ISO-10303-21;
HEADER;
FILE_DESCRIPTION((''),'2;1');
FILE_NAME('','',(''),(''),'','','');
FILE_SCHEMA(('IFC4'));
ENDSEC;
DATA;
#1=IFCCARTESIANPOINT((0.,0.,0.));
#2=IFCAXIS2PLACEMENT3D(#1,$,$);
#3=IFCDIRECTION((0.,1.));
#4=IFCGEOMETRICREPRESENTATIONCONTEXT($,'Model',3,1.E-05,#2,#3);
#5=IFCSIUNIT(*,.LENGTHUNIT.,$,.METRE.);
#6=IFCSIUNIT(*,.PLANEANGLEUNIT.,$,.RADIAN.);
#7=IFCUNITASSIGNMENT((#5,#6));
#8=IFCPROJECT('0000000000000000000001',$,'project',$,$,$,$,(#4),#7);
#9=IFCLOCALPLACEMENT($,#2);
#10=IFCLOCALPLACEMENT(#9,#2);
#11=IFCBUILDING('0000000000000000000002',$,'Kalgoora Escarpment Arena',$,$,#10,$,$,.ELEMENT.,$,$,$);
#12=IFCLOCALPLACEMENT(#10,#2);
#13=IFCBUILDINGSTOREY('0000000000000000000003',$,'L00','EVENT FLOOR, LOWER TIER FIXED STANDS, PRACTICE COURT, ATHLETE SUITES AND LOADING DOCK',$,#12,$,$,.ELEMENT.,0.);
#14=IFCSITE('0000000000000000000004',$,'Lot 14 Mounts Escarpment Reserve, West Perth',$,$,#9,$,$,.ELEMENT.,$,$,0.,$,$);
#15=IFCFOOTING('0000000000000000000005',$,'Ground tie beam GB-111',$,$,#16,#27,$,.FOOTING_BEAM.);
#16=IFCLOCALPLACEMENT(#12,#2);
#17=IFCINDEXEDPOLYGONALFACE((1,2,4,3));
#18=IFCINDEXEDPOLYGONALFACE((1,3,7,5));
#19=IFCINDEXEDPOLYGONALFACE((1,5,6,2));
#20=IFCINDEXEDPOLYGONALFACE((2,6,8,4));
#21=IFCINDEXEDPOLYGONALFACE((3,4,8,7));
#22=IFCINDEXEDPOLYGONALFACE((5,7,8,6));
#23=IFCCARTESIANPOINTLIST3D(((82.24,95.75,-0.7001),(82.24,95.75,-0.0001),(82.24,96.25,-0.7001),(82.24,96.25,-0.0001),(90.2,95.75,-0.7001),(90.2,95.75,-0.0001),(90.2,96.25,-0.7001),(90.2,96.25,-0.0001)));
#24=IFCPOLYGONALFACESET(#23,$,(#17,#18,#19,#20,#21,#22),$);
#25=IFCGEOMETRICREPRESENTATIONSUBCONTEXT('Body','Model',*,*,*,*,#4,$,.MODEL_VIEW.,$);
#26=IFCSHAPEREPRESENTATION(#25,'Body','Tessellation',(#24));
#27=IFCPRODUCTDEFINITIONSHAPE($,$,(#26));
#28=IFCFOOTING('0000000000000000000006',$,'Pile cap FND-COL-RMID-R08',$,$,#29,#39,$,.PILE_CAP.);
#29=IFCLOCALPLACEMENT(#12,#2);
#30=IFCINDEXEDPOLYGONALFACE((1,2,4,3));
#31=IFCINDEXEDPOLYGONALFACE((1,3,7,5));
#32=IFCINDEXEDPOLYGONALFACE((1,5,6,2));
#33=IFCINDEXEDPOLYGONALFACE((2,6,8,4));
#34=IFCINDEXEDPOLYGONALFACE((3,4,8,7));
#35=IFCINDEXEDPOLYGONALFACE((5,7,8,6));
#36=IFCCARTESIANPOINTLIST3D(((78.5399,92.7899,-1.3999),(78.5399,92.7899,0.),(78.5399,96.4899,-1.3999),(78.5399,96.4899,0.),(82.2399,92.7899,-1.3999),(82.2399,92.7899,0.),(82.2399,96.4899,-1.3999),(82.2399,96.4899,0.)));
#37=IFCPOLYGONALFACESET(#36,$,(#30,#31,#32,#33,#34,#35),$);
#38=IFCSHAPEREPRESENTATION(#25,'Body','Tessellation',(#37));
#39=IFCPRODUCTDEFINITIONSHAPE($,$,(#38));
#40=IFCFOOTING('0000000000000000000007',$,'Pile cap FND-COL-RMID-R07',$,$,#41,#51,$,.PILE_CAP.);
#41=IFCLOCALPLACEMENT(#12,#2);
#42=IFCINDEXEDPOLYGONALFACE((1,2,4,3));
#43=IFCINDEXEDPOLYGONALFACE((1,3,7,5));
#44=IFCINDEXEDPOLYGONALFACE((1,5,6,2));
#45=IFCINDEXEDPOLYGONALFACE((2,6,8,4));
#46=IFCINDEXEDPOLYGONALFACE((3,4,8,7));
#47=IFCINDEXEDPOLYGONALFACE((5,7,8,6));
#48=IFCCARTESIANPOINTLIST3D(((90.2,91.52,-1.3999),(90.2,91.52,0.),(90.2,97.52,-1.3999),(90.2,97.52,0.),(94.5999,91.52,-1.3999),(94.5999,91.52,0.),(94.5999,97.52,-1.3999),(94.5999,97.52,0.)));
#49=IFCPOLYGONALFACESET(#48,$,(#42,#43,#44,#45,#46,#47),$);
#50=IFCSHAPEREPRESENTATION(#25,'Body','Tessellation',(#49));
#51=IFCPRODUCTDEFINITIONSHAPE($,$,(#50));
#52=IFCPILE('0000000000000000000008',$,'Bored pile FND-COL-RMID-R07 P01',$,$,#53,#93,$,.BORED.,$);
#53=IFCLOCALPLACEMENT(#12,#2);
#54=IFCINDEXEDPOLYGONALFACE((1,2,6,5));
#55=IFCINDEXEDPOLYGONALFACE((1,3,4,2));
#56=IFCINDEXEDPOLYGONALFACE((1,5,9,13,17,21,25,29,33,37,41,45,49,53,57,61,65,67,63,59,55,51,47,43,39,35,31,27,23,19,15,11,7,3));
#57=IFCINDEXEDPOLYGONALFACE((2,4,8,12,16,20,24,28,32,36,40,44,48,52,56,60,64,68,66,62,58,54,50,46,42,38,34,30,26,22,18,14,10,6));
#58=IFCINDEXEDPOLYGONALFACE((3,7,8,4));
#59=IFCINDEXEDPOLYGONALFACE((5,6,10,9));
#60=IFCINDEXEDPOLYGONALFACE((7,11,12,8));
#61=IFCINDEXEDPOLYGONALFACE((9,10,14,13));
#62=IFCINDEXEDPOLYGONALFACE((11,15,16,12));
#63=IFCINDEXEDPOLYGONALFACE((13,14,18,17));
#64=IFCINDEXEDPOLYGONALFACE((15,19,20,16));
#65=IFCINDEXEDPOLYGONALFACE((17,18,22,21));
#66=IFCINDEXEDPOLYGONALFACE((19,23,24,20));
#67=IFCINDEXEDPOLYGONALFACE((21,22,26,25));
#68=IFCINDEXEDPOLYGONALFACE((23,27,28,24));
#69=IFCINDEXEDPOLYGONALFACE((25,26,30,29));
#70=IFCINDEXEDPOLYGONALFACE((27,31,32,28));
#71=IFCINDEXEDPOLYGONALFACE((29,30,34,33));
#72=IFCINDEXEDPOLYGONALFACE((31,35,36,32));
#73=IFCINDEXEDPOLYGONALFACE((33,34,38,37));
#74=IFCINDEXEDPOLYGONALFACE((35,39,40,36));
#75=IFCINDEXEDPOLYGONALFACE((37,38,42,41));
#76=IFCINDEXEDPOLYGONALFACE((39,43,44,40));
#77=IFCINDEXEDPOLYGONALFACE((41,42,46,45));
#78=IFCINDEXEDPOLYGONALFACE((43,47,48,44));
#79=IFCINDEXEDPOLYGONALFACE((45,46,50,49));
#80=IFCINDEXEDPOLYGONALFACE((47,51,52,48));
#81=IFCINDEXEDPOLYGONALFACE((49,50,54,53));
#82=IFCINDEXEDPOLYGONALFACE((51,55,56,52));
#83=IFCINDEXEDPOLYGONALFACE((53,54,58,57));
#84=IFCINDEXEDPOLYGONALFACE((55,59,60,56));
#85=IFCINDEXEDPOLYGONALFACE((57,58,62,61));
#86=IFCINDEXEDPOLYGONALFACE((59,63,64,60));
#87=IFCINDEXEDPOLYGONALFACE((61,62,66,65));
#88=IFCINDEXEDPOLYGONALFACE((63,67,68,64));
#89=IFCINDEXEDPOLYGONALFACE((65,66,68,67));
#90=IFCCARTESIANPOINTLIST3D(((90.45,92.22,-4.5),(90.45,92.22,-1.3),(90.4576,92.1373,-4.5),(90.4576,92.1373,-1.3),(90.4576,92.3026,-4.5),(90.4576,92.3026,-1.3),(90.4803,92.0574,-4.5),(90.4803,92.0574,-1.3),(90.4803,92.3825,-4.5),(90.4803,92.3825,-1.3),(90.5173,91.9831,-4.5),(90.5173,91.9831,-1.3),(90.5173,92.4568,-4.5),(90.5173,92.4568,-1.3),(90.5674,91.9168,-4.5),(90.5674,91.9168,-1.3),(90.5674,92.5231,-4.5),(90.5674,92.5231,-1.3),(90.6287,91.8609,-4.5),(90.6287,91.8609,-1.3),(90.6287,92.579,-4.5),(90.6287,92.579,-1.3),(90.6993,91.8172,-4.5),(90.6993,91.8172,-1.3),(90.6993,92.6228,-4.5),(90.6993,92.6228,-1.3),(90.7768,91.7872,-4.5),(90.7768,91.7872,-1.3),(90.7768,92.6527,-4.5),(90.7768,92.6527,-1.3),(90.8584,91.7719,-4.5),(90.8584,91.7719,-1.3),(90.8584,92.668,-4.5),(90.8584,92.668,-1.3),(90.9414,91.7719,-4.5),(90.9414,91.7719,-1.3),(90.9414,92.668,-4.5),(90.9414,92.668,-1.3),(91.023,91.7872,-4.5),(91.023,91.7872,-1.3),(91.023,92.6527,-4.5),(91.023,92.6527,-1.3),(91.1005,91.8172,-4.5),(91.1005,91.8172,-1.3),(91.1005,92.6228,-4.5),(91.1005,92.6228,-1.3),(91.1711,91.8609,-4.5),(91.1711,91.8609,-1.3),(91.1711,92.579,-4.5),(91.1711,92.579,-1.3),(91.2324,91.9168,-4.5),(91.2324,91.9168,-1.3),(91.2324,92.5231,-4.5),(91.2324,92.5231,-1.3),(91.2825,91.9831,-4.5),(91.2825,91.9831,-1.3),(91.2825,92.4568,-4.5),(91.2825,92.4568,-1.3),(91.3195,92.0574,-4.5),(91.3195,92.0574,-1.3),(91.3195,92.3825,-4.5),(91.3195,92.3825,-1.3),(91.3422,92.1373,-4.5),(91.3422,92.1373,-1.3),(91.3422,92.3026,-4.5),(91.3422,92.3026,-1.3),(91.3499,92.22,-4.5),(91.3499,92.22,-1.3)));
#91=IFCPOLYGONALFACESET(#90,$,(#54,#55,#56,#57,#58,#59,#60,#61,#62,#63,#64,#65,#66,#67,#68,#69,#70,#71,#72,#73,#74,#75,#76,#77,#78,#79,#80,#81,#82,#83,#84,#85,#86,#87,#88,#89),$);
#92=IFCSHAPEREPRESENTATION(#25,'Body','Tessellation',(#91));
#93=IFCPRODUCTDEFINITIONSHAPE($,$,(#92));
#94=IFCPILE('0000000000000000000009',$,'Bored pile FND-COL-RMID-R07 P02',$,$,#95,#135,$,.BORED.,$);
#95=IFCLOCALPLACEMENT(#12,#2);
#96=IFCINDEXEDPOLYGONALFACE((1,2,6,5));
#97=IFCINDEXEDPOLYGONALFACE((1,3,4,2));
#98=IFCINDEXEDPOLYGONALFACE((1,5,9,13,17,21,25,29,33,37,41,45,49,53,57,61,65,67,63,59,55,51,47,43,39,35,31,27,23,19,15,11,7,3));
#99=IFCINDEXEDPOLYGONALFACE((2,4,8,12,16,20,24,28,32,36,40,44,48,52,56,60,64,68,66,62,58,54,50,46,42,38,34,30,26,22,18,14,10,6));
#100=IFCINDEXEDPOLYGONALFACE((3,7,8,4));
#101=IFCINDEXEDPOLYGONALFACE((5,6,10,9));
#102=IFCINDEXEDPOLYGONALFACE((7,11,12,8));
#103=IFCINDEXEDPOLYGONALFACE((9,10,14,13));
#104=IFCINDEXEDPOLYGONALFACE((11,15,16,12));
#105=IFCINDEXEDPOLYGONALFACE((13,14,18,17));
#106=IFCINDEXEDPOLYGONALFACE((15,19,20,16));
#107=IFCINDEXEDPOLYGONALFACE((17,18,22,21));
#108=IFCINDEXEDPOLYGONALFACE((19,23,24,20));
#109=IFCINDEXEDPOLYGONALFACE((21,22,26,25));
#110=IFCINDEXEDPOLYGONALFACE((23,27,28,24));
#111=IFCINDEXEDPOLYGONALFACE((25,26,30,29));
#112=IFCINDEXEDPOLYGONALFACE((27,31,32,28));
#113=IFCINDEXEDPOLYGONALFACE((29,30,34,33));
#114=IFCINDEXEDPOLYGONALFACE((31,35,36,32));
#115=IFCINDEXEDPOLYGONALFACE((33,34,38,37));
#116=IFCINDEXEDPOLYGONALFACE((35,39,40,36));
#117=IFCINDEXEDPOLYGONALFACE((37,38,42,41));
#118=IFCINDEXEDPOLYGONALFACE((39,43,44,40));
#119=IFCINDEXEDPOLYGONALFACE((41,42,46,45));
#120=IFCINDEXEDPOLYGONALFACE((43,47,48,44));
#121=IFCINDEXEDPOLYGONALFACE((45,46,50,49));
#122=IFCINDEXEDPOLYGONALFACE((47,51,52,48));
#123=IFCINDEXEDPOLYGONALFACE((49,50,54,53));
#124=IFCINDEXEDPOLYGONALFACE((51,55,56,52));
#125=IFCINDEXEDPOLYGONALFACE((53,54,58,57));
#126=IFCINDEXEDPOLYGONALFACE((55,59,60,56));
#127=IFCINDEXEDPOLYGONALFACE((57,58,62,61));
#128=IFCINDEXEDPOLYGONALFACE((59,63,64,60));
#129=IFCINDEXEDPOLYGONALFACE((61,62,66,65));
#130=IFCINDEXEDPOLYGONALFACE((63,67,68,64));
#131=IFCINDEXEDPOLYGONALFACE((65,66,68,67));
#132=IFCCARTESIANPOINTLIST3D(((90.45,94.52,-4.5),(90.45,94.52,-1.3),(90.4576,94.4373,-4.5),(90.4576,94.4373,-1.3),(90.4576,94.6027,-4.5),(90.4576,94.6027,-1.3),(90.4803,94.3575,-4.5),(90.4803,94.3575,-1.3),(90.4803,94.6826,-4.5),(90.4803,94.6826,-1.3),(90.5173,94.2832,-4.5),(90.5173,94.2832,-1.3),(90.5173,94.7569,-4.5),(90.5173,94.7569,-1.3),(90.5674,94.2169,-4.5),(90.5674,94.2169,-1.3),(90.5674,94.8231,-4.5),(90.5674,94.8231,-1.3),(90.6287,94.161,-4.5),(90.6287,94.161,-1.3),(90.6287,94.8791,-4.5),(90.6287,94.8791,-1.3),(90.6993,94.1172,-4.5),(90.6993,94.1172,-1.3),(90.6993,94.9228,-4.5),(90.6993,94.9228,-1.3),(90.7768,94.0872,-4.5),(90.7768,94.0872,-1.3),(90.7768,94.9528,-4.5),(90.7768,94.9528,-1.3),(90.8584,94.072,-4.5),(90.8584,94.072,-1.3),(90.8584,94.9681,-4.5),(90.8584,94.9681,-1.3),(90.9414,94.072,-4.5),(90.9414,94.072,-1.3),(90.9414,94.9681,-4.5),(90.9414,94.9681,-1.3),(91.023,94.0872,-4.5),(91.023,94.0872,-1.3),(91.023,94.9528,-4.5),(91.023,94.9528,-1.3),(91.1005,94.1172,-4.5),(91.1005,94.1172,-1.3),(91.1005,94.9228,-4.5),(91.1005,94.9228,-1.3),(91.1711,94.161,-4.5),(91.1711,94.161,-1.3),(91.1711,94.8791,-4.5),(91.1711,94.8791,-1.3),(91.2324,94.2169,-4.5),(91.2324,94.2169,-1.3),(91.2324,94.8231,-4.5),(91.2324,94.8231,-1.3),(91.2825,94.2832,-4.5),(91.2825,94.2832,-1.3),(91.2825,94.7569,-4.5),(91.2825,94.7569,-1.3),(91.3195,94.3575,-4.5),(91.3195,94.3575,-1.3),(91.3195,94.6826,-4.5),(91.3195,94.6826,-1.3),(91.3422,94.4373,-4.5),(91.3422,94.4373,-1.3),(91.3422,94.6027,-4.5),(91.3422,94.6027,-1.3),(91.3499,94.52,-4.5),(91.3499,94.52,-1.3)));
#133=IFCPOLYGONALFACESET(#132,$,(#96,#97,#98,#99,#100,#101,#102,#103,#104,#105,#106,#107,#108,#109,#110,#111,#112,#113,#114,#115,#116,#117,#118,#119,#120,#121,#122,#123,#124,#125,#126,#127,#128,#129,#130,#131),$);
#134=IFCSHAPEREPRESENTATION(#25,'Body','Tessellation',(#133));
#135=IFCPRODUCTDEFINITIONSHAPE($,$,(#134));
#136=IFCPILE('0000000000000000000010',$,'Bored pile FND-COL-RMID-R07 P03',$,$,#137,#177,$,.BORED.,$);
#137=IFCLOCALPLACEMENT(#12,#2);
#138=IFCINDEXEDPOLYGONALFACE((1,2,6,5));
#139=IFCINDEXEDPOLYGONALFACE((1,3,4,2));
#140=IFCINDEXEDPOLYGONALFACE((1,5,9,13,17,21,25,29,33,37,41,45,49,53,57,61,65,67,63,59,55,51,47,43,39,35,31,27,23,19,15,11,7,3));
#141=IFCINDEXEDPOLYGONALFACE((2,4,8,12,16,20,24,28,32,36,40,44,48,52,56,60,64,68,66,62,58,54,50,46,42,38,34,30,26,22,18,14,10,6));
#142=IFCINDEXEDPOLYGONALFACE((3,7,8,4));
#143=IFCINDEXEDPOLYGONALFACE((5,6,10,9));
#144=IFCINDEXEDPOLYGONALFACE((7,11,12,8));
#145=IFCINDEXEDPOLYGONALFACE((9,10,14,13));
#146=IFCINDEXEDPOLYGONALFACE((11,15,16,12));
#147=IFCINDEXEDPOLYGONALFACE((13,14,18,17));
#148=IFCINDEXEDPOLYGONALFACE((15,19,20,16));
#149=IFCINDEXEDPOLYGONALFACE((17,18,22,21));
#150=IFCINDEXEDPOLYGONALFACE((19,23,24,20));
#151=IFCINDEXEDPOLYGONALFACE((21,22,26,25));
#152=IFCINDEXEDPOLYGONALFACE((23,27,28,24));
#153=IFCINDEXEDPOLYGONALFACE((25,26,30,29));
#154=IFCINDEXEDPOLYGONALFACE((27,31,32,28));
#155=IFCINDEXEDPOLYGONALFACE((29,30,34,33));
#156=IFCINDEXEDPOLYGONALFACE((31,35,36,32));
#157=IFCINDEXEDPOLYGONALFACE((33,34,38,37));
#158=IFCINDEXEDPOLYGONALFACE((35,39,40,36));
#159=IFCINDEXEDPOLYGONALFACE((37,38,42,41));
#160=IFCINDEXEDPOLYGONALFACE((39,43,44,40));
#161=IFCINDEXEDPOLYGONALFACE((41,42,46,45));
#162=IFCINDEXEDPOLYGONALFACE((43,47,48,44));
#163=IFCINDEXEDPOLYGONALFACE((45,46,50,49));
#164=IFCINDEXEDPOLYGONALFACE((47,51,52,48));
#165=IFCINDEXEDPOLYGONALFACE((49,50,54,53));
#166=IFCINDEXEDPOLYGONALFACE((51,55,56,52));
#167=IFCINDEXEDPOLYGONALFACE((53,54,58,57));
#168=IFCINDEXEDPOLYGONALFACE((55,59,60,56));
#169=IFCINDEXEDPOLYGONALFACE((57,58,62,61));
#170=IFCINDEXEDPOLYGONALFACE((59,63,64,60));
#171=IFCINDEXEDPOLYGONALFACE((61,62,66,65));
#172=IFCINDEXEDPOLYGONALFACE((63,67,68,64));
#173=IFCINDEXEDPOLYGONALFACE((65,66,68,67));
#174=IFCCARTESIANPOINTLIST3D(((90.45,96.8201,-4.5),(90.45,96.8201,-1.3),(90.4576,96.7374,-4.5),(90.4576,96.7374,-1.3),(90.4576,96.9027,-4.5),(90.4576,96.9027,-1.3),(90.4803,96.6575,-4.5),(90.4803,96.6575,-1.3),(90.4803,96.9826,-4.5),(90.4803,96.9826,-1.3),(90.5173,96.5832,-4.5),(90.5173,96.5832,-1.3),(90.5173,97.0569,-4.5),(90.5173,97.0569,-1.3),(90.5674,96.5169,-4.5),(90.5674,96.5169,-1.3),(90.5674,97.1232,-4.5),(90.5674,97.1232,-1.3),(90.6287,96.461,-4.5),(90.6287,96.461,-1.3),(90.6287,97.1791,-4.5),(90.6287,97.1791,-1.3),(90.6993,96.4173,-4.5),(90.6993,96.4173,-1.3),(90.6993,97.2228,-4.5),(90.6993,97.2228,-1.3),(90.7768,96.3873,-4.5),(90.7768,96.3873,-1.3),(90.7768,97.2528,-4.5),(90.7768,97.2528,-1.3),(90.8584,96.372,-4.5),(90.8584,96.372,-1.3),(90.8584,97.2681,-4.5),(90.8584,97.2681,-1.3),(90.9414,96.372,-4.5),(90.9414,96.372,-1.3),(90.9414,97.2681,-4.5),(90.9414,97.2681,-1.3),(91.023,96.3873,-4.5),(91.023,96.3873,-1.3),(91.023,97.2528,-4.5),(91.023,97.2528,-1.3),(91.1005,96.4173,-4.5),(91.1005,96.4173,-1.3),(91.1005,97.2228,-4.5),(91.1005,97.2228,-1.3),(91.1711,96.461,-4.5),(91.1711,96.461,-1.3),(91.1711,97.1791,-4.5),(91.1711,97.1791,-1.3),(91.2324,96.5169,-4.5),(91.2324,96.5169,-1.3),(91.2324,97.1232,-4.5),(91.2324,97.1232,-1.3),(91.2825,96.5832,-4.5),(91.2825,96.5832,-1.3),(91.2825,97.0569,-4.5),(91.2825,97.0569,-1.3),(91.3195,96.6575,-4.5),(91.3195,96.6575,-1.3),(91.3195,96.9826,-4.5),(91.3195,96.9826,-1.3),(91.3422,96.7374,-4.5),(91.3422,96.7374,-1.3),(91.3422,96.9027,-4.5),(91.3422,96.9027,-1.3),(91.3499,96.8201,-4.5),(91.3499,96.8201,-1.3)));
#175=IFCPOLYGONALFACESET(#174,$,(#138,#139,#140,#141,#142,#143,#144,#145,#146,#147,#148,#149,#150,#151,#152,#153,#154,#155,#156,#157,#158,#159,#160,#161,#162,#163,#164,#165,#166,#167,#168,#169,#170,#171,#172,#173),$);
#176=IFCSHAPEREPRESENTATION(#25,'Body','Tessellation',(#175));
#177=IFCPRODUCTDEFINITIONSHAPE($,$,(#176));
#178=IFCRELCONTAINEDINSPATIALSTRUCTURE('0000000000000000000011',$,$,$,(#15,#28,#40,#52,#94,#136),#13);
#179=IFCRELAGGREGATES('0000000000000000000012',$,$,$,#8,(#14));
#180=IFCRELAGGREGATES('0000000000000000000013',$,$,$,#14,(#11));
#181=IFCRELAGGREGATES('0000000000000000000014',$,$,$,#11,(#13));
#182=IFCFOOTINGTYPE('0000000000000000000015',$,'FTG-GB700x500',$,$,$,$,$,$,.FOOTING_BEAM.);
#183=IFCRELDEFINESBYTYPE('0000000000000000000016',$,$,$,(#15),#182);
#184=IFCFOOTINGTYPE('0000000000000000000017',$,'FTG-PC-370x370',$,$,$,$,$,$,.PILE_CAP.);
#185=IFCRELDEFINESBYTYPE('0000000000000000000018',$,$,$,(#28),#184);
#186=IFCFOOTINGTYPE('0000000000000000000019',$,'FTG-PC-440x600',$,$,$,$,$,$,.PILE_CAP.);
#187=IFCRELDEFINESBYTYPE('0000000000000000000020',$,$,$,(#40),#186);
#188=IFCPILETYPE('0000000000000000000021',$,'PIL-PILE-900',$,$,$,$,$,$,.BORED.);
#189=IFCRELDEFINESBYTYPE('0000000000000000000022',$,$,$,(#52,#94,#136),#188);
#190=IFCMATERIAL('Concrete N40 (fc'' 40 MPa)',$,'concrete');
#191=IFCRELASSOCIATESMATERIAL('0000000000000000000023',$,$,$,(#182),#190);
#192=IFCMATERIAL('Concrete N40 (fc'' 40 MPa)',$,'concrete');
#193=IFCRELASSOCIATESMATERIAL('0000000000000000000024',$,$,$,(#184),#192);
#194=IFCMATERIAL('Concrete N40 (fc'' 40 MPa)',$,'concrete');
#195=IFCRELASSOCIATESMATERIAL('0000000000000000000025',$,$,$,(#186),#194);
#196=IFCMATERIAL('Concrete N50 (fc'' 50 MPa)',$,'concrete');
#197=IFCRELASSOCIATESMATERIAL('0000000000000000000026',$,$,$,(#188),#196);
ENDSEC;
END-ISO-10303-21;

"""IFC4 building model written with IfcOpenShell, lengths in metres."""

from ifc_helpers import new_model, si_unit, direction, frame, origin, origin_2d, place, context, subcontext, project, spatial, rectangle, circle, extrude, material, material_profile, profile_set, type_object, element, save


model = new_model("IFC4")

# Units and contexts
model_context = context("Model", 3, precision=1e-05, world=origin(), true_north=direction((0.0, 1.0)))
body_context = subcontext(model_context, "Body", "Model", "MODEL_VIEW")
ifc_project = project(units=[si_unit("LENGTHUNIT", "METRE"), si_unit("PLANEANGLEUNIT", "RADIAN")], contexts=[model_context])

# Site, building, storey
site_placement = place(None, origin())
site = spatial("IfcSite", under=ifc_project, at=site_placement, Name="Lot 14 Mounts Escarpment Reserve, West Perth", CompositionType="ELEMENT", RefElevation=0.0)
building_placement = place(site_placement, origin())
building = spatial("IfcBuilding", under=site, at=building_placement, Name="Kalgoora Escarpment Arena", CompositionType="ELEMENT")
storey_placement = place(building_placement, origin())
storey = spatial("IfcBuildingStorey", under=building, at=storey_placement, Name="L00", Description="EVENT FLOOR, LOWER TIER FIXED STANDS, PRACTICE COURT, ATHLETE SUITES AND LOADING DOCK", CompositionType="ELEMENT", Elevation=0.0)

# Footings
ifc_material_1 = material(Name="Concrete N40 (fc' 40 MPa)", Category="concrete")
ifc_material_profile_1 = material_profile(ifc_material_1, rectangle(XDim=0.5, YDim=0.7, at=origin_2d()))
ifc_profile_set_1 = profile_set([ifc_material_profile_1], Name="Concrete N40 (fc' 40 MPa)")
footing_type_1 = type_object("IfcFootingType", Name="FTG-GB700x500", PredefinedType="FOOTING_BEAM", material=ifc_profile_set_1)
footing_1_placement = place(storey_placement, frame((82.24, 96.0, -0.3501), z_axis=(1.0, 0.0, 0.0), x_axis=(0.0, 1.0, 0.0)))
element("IfcFooting", 1, at=footing_1_placement, inside=storey, type_object=footing_type_1, Name="Ground tie beam GB-111", PredefinedType="FOOTING_BEAM", context=body_context, shape_type="SweptSolid", body=[
    extrude(rectangle(XDim=0.5, YDim=0.7, at=origin_2d()), origin(), (0.0, 0.0, 1.0), 7.96),
])
ifc_material_2 = material(Name="Concrete N40 (fc' 40 MPa)", Category="concrete")
footing_type_2 = type_object("IfcFootingType", Name="FTG-PC-370x370", PredefinedType="PILE_CAP", material=ifc_material_2)
footing_2_placement = place(storey_placement, frame((80.3899, 94.6399, -1.3999), z_axis=(0.0, 0.0, 1.0), x_axis=(1.0, 0.0, 0.0)))
element("IfcFooting", 2, at=footing_2_placement, inside=storey, type_object=footing_type_2, Name="Pile cap FND-COL-RMID-R08", PredefinedType="PILE_CAP", context=body_context, shape_type="SweptSolid", body=[
    extrude(rectangle(XDim=3.7, YDim=3.7, at=origin_2d()), origin(), (0.0, 0.0, 1.0), 1.3999),
])
ifc_material_3 = material(Name="Concrete N40 (fc' 40 MPa)", Category="concrete")
footing_type_3 = type_object("IfcFootingType", Name="FTG-PC-440x600", PredefinedType="PILE_CAP", material=ifc_material_3)
footing_3_placement = place(storey_placement, frame((92.3999, 94.52, -1.3999), z_axis=(0.0, 0.0, 1.0), x_axis=(1.0, 0.0, 0.0)))
element("IfcFooting", 3, at=footing_3_placement, inside=storey, type_object=footing_type_3, Name="Pile cap FND-COL-RMID-R07", PredefinedType="PILE_CAP", context=body_context, shape_type="SweptSolid", body=[
    extrude(rectangle(XDim=4.3999, YDim=6.0, at=origin_2d()), origin(), (0.0, 0.0, 1.0), 1.3999),
])

# Piles
ifc_material_4 = material(Name="Concrete N50 (fc' 50 MPa)", Category="concrete")
ifc_material_profile_2 = material_profile(ifc_material_4, circle(Radius=0.45, at=origin_2d()))
ifc_profile_set_2 = profile_set([ifc_material_profile_2], Name="Concrete N50 (fc' 50 MPa)")
pile_type = type_object("IfcPileType", Name="PIL-PILE-900", PredefinedType="BORED", material=ifc_profile_set_2)
for number, where, z_axis, x_axis, name in (
    (4, (90.8999, 92.22, -1.3), (0.0, 0.0, -1.0), (1.0, 0.0, 0.0), "Bored pile FND-COL-RMID-R07 P01"),
    (5, (90.8999, 94.52, -1.3), (0.0, 0.0, -1.0), (1.0, 0.0, 0.0), "Bored pile FND-COL-RMID-R07 P02"),
    (6, (90.8999, 96.8201, -1.3), (0.0, 0.0, -1.0), (1.0, 0.0, 0.0), "Bored pile FND-COL-RMID-R07 P03"),
):
    element("IfcPile", number, at=place(storey_placement, frame(where, z_axis=z_axis, x_axis=x_axis)), inside=storey, type_object=pile_type, Name=name, PredefinedType="BORED", context=body_context, shape_type="SweptSolid", body=[
        extrude(circle(Radius=0.45, at=origin_2d()), origin(), (0.0, 0.0, 1.0), 3.2),
    ])

save(model, "model.ifc")
